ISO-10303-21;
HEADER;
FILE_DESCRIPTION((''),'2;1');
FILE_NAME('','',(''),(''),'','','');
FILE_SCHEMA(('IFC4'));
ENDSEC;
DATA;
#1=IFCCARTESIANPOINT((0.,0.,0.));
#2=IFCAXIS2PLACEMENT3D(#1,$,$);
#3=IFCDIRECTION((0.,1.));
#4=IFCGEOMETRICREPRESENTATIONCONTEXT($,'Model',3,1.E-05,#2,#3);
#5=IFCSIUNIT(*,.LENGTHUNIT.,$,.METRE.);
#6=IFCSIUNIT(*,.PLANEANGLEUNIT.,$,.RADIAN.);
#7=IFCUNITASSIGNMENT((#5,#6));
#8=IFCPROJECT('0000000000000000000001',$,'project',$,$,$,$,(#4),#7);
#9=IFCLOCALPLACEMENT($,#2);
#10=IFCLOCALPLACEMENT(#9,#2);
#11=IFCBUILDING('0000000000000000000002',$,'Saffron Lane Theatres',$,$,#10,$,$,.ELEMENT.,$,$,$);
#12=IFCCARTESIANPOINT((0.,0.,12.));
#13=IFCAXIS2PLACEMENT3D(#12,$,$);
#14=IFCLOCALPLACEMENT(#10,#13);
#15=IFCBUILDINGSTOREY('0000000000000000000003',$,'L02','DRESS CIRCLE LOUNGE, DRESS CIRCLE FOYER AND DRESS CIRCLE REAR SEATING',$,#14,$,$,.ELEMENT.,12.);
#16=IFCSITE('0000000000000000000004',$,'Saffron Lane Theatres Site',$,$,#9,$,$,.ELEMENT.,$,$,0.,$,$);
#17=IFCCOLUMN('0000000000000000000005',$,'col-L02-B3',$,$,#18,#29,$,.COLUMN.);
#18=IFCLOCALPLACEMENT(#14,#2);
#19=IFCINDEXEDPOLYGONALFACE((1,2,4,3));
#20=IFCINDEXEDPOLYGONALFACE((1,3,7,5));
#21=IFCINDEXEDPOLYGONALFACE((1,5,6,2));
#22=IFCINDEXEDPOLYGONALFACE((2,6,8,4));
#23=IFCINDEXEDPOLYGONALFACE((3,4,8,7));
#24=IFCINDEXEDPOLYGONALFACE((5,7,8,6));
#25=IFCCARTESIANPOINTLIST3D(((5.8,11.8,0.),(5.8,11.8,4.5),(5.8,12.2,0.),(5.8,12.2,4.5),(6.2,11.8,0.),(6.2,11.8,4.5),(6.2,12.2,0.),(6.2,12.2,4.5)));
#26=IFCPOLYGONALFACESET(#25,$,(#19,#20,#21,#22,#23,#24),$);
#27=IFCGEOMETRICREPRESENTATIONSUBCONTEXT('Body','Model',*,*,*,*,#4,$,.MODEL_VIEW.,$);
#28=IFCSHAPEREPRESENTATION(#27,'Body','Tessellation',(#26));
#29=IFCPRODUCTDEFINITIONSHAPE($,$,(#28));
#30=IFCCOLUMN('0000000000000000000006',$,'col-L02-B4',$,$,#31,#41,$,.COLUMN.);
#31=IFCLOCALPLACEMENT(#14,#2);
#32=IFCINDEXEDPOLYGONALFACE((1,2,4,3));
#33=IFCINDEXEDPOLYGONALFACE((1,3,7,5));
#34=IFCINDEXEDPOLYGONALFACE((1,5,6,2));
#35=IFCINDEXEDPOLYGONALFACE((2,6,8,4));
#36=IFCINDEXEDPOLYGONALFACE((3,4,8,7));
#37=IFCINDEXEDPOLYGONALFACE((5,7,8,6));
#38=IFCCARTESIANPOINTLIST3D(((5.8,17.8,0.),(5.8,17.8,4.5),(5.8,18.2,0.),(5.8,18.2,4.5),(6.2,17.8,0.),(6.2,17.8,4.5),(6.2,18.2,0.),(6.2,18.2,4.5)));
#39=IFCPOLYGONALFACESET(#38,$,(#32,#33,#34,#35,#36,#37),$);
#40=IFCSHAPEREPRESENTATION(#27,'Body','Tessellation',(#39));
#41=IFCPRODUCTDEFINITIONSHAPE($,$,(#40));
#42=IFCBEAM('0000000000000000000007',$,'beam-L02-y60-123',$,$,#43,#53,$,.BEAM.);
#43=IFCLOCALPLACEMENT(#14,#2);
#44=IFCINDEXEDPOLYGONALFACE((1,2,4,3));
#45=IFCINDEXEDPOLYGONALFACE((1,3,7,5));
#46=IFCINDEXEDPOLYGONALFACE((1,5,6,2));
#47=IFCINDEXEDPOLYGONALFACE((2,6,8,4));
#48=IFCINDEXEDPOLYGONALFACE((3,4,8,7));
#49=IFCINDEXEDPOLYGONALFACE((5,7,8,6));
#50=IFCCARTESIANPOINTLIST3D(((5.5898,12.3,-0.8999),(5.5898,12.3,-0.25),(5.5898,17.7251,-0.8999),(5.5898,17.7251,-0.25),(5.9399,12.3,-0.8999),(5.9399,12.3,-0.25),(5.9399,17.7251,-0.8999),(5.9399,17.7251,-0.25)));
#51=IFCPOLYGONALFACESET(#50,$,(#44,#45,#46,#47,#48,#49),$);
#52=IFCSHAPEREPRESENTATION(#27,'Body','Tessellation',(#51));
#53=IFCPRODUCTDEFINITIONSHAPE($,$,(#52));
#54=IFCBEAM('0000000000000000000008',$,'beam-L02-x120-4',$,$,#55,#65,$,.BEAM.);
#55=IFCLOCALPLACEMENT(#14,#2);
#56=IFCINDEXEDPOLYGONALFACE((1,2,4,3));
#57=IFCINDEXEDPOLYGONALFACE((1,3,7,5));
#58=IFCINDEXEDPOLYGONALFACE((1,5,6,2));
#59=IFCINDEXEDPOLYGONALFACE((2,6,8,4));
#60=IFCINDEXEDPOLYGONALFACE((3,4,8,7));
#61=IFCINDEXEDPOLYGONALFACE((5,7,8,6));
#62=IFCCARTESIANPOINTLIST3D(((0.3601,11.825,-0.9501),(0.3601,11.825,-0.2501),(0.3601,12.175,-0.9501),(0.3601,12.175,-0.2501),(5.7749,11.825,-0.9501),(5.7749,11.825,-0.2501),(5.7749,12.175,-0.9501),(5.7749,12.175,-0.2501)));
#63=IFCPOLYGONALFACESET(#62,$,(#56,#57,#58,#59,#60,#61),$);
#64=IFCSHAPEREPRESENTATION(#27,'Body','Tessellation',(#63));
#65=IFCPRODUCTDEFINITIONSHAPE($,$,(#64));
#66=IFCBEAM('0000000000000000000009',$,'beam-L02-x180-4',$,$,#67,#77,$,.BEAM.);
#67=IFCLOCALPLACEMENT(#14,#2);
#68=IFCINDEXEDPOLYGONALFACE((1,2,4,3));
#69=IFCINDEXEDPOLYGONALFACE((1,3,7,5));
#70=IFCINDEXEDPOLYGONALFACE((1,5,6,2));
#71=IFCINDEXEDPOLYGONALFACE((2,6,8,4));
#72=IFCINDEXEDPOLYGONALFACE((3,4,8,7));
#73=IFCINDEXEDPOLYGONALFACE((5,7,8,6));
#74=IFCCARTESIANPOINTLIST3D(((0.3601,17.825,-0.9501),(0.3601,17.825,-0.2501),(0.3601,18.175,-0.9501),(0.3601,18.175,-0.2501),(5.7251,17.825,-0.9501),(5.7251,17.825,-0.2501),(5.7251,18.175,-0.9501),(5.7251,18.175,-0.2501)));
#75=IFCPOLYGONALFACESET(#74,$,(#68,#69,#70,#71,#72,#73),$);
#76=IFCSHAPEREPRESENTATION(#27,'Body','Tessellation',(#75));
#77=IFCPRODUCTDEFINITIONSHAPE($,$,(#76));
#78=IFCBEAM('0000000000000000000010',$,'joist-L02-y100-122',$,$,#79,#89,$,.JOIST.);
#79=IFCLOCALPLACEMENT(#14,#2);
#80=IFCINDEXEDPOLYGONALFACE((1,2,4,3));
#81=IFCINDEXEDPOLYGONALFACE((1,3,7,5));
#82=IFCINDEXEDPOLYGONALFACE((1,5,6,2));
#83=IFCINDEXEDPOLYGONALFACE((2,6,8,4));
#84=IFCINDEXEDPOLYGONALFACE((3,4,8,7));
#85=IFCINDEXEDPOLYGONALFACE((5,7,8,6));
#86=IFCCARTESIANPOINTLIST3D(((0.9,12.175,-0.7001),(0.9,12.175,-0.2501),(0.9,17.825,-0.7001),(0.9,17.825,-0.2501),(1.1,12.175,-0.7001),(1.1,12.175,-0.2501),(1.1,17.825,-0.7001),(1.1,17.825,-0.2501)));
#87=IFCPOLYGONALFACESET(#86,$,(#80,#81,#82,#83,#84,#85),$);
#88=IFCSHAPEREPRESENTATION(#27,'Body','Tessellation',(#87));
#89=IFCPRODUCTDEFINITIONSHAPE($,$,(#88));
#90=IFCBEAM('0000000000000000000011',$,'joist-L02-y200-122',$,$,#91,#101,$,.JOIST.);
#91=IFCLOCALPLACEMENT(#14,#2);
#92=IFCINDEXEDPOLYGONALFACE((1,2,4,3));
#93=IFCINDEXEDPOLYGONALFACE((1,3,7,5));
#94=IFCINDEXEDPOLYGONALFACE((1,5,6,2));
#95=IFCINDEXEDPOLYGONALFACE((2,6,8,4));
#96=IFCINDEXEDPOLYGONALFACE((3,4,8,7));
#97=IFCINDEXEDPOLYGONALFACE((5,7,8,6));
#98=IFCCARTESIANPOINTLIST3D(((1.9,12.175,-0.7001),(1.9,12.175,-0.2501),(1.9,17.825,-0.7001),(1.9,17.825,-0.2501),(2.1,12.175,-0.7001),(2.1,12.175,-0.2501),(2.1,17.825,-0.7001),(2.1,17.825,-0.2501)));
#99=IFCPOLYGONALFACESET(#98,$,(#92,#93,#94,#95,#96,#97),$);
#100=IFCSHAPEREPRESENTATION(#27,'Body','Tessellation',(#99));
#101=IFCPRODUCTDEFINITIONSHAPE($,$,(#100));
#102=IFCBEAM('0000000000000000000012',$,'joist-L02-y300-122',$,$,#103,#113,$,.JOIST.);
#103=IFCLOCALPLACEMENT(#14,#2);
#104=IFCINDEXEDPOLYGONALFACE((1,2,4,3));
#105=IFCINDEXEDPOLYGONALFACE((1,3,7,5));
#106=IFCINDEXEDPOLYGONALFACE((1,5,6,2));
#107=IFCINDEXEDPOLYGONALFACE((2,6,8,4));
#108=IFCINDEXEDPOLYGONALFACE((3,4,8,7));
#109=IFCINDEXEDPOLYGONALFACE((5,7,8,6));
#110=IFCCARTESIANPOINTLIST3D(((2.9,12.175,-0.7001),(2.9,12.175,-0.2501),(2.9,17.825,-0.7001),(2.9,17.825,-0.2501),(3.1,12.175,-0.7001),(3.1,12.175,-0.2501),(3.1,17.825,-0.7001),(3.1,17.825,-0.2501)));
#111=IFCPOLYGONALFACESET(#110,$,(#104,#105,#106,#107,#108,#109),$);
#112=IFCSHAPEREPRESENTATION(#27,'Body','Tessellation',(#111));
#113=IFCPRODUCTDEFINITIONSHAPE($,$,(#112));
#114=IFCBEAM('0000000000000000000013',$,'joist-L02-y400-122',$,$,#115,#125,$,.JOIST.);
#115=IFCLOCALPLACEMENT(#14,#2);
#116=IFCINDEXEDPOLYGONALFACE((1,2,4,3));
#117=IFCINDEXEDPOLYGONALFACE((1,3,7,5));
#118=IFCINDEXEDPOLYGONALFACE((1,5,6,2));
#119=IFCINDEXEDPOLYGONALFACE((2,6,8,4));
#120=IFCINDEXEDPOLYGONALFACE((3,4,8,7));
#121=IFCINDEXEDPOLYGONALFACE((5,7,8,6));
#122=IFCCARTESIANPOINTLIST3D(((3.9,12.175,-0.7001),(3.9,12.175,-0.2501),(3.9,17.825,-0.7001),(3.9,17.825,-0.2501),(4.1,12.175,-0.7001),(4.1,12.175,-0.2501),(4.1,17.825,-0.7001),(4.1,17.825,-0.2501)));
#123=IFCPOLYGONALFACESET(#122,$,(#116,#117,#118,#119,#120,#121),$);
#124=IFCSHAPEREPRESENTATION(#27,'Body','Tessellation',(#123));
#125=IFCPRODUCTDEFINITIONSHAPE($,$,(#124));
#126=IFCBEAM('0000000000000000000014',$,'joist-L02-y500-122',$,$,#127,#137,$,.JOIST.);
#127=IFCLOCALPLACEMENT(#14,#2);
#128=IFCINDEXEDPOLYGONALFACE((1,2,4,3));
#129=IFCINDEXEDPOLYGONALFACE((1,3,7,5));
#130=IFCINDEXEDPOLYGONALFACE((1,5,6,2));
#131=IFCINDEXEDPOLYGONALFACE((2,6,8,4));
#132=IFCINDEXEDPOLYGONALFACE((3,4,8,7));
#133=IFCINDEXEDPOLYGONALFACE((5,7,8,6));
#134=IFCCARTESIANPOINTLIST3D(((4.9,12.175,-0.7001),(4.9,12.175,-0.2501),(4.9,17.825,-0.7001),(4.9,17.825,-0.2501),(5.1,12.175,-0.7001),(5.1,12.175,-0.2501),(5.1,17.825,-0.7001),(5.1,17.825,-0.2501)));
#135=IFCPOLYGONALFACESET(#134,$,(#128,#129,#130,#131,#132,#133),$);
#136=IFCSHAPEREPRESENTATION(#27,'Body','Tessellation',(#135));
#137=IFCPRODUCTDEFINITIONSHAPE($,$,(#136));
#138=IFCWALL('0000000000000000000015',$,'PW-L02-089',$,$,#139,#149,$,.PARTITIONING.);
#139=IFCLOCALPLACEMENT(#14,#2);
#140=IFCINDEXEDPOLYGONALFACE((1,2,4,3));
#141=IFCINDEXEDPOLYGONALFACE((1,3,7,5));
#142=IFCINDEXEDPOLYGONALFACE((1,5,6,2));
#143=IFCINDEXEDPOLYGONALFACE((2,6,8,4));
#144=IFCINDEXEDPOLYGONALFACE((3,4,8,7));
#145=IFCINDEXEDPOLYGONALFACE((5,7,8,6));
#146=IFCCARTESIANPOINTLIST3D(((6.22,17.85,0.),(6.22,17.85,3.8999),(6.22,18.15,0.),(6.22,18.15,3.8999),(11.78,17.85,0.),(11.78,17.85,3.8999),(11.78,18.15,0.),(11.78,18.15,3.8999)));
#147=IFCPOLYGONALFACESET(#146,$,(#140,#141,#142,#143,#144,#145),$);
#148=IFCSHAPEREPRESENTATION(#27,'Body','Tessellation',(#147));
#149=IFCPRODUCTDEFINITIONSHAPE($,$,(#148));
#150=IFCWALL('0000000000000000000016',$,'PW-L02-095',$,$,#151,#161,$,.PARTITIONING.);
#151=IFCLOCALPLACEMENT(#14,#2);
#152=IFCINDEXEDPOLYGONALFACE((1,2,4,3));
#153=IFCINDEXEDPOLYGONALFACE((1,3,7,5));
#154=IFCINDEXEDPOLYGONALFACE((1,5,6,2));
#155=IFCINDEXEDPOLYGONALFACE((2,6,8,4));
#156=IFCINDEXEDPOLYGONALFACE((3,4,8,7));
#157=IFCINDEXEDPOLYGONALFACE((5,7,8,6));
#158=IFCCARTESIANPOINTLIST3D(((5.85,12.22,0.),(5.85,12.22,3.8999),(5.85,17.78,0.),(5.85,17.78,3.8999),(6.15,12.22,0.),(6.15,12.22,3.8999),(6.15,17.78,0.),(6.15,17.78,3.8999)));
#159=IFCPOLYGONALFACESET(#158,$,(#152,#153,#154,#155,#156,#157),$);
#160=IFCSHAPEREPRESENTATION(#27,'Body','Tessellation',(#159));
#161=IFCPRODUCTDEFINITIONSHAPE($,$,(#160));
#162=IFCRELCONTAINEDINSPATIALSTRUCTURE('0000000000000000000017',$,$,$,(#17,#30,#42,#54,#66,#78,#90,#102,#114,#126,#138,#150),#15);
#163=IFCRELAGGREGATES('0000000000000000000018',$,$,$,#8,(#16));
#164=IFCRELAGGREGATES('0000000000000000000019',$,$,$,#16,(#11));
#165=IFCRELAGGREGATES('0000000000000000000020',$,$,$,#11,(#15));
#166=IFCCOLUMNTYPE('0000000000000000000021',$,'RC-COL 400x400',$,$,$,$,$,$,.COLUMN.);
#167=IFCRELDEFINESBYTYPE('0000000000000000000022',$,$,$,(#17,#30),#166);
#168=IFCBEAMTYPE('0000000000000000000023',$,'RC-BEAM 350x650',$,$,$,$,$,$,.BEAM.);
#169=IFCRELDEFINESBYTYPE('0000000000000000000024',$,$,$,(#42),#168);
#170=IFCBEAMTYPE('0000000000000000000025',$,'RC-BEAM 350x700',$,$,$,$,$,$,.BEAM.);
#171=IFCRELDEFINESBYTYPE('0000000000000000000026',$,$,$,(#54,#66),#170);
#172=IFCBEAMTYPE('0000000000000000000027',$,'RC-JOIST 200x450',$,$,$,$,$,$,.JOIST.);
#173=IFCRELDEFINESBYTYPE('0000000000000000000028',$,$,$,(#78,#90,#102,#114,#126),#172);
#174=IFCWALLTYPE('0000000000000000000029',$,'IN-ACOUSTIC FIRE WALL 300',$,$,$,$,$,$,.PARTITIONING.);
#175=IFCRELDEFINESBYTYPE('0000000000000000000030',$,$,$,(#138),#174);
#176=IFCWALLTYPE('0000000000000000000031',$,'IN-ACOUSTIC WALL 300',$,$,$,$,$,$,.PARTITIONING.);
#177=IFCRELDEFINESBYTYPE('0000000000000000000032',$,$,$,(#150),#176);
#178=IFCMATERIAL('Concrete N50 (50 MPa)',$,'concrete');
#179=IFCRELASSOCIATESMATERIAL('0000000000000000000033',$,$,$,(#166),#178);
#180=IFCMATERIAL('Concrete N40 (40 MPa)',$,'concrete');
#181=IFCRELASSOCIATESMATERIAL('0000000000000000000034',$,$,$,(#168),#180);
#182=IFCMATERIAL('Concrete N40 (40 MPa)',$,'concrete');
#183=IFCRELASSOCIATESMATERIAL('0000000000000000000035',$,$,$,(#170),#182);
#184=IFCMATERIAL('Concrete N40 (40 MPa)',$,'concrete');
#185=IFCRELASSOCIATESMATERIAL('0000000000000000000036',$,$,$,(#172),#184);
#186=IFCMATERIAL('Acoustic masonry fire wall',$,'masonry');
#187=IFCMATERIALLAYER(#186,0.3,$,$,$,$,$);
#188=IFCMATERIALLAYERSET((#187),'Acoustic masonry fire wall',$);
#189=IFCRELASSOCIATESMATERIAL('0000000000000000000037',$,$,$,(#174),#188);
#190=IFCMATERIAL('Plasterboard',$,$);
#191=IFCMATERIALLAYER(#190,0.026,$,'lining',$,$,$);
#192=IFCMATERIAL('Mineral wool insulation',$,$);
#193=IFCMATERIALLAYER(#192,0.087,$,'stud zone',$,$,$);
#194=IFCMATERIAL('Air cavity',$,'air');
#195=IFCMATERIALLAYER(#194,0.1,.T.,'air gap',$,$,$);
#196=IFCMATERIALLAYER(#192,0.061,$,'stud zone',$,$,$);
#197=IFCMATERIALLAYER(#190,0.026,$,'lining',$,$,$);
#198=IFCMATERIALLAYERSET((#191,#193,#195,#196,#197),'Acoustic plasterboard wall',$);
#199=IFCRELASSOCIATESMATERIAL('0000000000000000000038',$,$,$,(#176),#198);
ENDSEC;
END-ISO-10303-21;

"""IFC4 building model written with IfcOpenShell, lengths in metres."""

from ifc_helpers import new_model, si_unit, direction, frame, frame_2d, origin, origin_2d, place, context, subcontext, project, spatial, rectangle, extrude, material, layer, layer_set, material_profile, profile_set, type_object, element, save


model = new_model("IFC4")

# Units and contexts
model_context = context("Model", 3, precision=1e-05, world=origin(), true_north=direction((0.0, 1.0)))
body_context = subcontext(model_context, "Body", "Model", "MODEL_VIEW")
ifc_project = project(units=[si_unit("LENGTHUNIT", "METRE"), si_unit("PLANEANGLEUNIT", "RADIAN")], contexts=[model_context])

# Site, building, storey
site_placement = place(None, origin())
site = spatial("IfcSite", under=ifc_project, at=site_placement, Name="Saffron Lane Theatres Site", CompositionType="ELEMENT", RefElevation=0.0)
building_placement = place(site_placement, origin())
building = spatial("IfcBuilding", under=site, at=building_placement, Name="Saffron Lane Theatres", CompositionType="ELEMENT")
storey_placement = place(building_placement, frame((0.0, 0.0, 12.0)))
storey = spatial("IfcBuildingStorey", under=building, at=storey_placement, Name="L02", Description="DRESS CIRCLE LOUNGE, DRESS CIRCLE FOYER AND DRESS CIRCLE REAR SEATING", CompositionType="ELEMENT", Elevation=12.0)

# Columns
ifc_material_1 = material(Name="Concrete N50 (50 MPa)", Category="concrete")
ifc_material_profile_1 = material_profile(ifc_material_1, rectangle(XDim=0.3999, YDim=0.3999, at=origin_2d()))
ifc_profile_set_1 = profile_set([ifc_material_profile_1], Name="Concrete N50 (50 MPa)")
column_type = type_object("IfcColumnType", Name="RC-COL 400x400", PredefinedType="COLUMN", material=ifc_profile_set_1)
for number, where, z_axis, x_axis, name in (
    (1, (6.0, 12.0, 0.0), (0.0, 0.0, 1.0), (1.0, 0.0, 0.0), "col-L02-B3"),
    (2, (6.0, 18.0, 0.0), (0.0, 0.0, 1.0), (1.0, 0.0, 0.0), "col-L02-B4"),
):
    element("IfcColumn", number, at=place(storey_placement, frame(where, z_axis=z_axis, x_axis=x_axis)), inside=storey, type_object=column_type, Name=name, PredefinedType="COLUMN", context=body_context, shape_type="SweptSolid", body=[
        extrude(rectangle(XDim=0.3999, YDim=0.3999, at=origin_2d()), origin(), (0.0, 0.0, 1.0), 4.5),
    ])

# Beams
ifc_material_2 = material(Name="Concrete N40 (40 MPa)", Category="concrete")
ifc_material_profile_2 = material_profile(ifc_material_2, rectangle(XDim=0.3501, YDim=0.6499, at=origin_2d()))
ifc_profile_set_2 = profile_set([ifc_material_profile_2], Name="Concrete N40 (40 MPa)")
beam_type_1 = type_object("IfcBeamType", Name="RC-BEAM 350x650", PredefinedType="BEAM", material=ifc_profile_set_2)
beam_1_placement = place(storey_placement, frame((5.7649, 12.3, -0.575), z_axis=(0.0, 1.0, 0.0), x_axis=(-1.0, 0.0, 0.0)))
element("IfcBeam", 3, at=beam_1_placement, inside=storey, type_object=beam_type_1, Name="beam-L02-y60-123", PredefinedType="BEAM", context=body_context, shape_type="SweptSolid", body=[
    extrude(rectangle(XDim=0.3501, YDim=0.6499, at=origin_2d()), origin(), (0.0, 0.0, 1.0), 5.425),
])
ifc_material_3 = material(Name="Concrete N40 (40 MPa)", Category="concrete")
ifc_material_profile_3 = material_profile(ifc_material_3, rectangle(XDim=0.3501, YDim=0.7, at=origin_2d()))
ifc_profile_set_3 = profile_set([ifc_material_profile_3], Name="Concrete N40 (40 MPa)")
beam_type_2 = type_object("IfcBeamType", Name="RC-BEAM 350x700", PredefinedType="BEAM", material=ifc_profile_set_3)
beam_2_placement = place(storey_placement, frame((0.3601, 12.0, -0.6001), z_axis=(1.0, 0.0, 0.0), x_axis=(0.0, 1.0, 0.0)))
element("IfcBeam", 4, at=beam_2_placement, inside=storey, type_object=beam_type_2, Name="beam-L02-x120-4", PredefinedType="BEAM", context=body_context, shape_type="SweptSolid", body=[
    extrude(rectangle(XDim=0.3501, YDim=0.7, at=origin_2d()), origin(), (0.0, 0.0, 1.0), 5.4148),
])
beam_3_placement = place(storey_placement, frame((0.3601, 18.0, -0.6001), z_axis=(1.0, 0.0, 0.0), x_axis=(0.0, 1.0, 0.0)))
element("IfcBeam", 5, at=beam_3_placement, inside=storey, type_object=beam_type_2, Name="beam-L02-x180-4", PredefinedType="BEAM", context=body_context, shape_type="SweptSolid", body=[
    extrude(rectangle(XDim=0.3501, YDim=0.7, at=origin_2d()), origin(), (0.0, 0.0, 1.0), 5.365),
])
ifc_material_4 = material(Name="Concrete N40 (40 MPa)", Category="concrete")
ifc_material_profile_4 = material_profile(ifc_material_4, rectangle(XDim=0.2, YDim=0.45, at=origin_2d()))
ifc_profile_set_4 = profile_set([ifc_material_profile_4], Name="Concrete N40 (40 MPa)")
beam_type_3 = type_object("IfcBeamType", Name="RC-JOIST 200x450", PredefinedType="JOIST", material=ifc_profile_set_4)
for number, where, z_axis, x_axis, name in (
    (6, (1.0, 12.175, -0.4751), (0.0, 1.0, 0.0), (-1.0, 0.0, 0.0), "joist-L02-y100-122"),
    (7, (2.0, 12.175, -0.4751), (0.0, 1.0, 0.0), (-1.0, 0.0, 0.0), "joist-L02-y200-122"),
    (8, (3.0, 12.175, -0.4751), (0.0, 1.0, 0.0), (-1.0, 0.0, 0.0), "joist-L02-y300-122"),
    (9, (4.0, 12.175, -0.4751), (0.0, 1.0, 0.0), (-1.0, 0.0, 0.0), "joist-L02-y400-122"),
    (10, (5.0, 12.175, -0.4751), (0.0, 1.0, 0.0), (-1.0, 0.0, 0.0), "joist-L02-y500-122"),
):
    element("IfcBeam", number, at=place(storey_placement, frame(where, z_axis=z_axis, x_axis=x_axis)), inside=storey, type_object=beam_type_3, Name=name, PredefinedType="JOIST", context=body_context, shape_type="SweptSolid", body=[
        extrude(rectangle(XDim=0.2, YDim=0.45, at=origin_2d()), origin(), (0.0, 0.0, 1.0), 5.6499),
    ])

# Walls
ifc_material_5 = material(Name="Acoustic masonry fire wall", Category="masonry")
ifc_layer_1 = layer(ifc_material_5, 0.3)
ifc_layer_set_1 = layer_set([ifc_layer_1], Name="Acoustic masonry fire wall")
wall_type_1 = type_object("IfcWallType", Name="IN-ACOUSTIC FIRE WALL 300", PredefinedType="PARTITIONING", material=ifc_layer_set_1)
wall_1_placement = place(storey_placement, frame((6.22, 18.0, 0.0), z_axis=(0.0, 0.0, 1.0), x_axis=(1.0, 0.0, 0.0)))
element("IfcWall", 11, at=wall_1_placement, inside=storey, type_object=wall_type_1, Name="PW-L02-089", PredefinedType="PARTITIONING", context=body_context, shape_type="SweptSolid", body=[
    extrude(rectangle(XDim=5.5601, YDim=0.3, at=frame_2d((2.78, 0.0))), origin(), (0.0, 0.0, 1.0), 3.8999),
])
ifc_material_6 = material(Name="Plasterboard")
ifc_layer_2 = layer(ifc_material_6, 0.026, Name="lining")
ifc_material_7 = material(Name="Mineral wool insulation")
ifc_layer_3 = layer(ifc_material_7, 0.087, Name="stud zone")
ifc_material_8 = material(Name="Air cavity", Category="air")
ifc_layer_4 = layer(ifc_material_8, 0.1, ventilated=True, Name="air gap")
ifc_layer_5 = layer(ifc_material_7, 0.061, Name="stud zone")
ifc_layer_6 = layer(ifc_material_6, 0.026, Name="lining")
ifc_layer_set_2 = layer_set([ifc_layer_2, ifc_layer_3, ifc_layer_4, ifc_layer_5, ifc_layer_6], Name="Acoustic plasterboard wall")
wall_type_2 = type_object("IfcWallType", Name="IN-ACOUSTIC WALL 300", PredefinedType="PARTITIONING", material=ifc_layer_set_2)
wall_2_placement = place(storey_placement, frame((6.0, 12.22, 0.0), z_axis=(0.0, 0.0, 1.0), x_axis=(0.0, 1.0, 0.0)))
element("IfcWall", 12, at=wall_2_placement, inside=storey, type_object=wall_type_2, Name="PW-L02-095", PredefinedType="PARTITIONING", context=body_context, shape_type="SweptSolid", body=[
    extrude(rectangle(XDim=5.5601, YDim=0.3, at=frame_2d((2.78, 0.0))), origin(), (0.0, 0.0, 1.0), 3.8999),
])

save(model, "model.ifc")
